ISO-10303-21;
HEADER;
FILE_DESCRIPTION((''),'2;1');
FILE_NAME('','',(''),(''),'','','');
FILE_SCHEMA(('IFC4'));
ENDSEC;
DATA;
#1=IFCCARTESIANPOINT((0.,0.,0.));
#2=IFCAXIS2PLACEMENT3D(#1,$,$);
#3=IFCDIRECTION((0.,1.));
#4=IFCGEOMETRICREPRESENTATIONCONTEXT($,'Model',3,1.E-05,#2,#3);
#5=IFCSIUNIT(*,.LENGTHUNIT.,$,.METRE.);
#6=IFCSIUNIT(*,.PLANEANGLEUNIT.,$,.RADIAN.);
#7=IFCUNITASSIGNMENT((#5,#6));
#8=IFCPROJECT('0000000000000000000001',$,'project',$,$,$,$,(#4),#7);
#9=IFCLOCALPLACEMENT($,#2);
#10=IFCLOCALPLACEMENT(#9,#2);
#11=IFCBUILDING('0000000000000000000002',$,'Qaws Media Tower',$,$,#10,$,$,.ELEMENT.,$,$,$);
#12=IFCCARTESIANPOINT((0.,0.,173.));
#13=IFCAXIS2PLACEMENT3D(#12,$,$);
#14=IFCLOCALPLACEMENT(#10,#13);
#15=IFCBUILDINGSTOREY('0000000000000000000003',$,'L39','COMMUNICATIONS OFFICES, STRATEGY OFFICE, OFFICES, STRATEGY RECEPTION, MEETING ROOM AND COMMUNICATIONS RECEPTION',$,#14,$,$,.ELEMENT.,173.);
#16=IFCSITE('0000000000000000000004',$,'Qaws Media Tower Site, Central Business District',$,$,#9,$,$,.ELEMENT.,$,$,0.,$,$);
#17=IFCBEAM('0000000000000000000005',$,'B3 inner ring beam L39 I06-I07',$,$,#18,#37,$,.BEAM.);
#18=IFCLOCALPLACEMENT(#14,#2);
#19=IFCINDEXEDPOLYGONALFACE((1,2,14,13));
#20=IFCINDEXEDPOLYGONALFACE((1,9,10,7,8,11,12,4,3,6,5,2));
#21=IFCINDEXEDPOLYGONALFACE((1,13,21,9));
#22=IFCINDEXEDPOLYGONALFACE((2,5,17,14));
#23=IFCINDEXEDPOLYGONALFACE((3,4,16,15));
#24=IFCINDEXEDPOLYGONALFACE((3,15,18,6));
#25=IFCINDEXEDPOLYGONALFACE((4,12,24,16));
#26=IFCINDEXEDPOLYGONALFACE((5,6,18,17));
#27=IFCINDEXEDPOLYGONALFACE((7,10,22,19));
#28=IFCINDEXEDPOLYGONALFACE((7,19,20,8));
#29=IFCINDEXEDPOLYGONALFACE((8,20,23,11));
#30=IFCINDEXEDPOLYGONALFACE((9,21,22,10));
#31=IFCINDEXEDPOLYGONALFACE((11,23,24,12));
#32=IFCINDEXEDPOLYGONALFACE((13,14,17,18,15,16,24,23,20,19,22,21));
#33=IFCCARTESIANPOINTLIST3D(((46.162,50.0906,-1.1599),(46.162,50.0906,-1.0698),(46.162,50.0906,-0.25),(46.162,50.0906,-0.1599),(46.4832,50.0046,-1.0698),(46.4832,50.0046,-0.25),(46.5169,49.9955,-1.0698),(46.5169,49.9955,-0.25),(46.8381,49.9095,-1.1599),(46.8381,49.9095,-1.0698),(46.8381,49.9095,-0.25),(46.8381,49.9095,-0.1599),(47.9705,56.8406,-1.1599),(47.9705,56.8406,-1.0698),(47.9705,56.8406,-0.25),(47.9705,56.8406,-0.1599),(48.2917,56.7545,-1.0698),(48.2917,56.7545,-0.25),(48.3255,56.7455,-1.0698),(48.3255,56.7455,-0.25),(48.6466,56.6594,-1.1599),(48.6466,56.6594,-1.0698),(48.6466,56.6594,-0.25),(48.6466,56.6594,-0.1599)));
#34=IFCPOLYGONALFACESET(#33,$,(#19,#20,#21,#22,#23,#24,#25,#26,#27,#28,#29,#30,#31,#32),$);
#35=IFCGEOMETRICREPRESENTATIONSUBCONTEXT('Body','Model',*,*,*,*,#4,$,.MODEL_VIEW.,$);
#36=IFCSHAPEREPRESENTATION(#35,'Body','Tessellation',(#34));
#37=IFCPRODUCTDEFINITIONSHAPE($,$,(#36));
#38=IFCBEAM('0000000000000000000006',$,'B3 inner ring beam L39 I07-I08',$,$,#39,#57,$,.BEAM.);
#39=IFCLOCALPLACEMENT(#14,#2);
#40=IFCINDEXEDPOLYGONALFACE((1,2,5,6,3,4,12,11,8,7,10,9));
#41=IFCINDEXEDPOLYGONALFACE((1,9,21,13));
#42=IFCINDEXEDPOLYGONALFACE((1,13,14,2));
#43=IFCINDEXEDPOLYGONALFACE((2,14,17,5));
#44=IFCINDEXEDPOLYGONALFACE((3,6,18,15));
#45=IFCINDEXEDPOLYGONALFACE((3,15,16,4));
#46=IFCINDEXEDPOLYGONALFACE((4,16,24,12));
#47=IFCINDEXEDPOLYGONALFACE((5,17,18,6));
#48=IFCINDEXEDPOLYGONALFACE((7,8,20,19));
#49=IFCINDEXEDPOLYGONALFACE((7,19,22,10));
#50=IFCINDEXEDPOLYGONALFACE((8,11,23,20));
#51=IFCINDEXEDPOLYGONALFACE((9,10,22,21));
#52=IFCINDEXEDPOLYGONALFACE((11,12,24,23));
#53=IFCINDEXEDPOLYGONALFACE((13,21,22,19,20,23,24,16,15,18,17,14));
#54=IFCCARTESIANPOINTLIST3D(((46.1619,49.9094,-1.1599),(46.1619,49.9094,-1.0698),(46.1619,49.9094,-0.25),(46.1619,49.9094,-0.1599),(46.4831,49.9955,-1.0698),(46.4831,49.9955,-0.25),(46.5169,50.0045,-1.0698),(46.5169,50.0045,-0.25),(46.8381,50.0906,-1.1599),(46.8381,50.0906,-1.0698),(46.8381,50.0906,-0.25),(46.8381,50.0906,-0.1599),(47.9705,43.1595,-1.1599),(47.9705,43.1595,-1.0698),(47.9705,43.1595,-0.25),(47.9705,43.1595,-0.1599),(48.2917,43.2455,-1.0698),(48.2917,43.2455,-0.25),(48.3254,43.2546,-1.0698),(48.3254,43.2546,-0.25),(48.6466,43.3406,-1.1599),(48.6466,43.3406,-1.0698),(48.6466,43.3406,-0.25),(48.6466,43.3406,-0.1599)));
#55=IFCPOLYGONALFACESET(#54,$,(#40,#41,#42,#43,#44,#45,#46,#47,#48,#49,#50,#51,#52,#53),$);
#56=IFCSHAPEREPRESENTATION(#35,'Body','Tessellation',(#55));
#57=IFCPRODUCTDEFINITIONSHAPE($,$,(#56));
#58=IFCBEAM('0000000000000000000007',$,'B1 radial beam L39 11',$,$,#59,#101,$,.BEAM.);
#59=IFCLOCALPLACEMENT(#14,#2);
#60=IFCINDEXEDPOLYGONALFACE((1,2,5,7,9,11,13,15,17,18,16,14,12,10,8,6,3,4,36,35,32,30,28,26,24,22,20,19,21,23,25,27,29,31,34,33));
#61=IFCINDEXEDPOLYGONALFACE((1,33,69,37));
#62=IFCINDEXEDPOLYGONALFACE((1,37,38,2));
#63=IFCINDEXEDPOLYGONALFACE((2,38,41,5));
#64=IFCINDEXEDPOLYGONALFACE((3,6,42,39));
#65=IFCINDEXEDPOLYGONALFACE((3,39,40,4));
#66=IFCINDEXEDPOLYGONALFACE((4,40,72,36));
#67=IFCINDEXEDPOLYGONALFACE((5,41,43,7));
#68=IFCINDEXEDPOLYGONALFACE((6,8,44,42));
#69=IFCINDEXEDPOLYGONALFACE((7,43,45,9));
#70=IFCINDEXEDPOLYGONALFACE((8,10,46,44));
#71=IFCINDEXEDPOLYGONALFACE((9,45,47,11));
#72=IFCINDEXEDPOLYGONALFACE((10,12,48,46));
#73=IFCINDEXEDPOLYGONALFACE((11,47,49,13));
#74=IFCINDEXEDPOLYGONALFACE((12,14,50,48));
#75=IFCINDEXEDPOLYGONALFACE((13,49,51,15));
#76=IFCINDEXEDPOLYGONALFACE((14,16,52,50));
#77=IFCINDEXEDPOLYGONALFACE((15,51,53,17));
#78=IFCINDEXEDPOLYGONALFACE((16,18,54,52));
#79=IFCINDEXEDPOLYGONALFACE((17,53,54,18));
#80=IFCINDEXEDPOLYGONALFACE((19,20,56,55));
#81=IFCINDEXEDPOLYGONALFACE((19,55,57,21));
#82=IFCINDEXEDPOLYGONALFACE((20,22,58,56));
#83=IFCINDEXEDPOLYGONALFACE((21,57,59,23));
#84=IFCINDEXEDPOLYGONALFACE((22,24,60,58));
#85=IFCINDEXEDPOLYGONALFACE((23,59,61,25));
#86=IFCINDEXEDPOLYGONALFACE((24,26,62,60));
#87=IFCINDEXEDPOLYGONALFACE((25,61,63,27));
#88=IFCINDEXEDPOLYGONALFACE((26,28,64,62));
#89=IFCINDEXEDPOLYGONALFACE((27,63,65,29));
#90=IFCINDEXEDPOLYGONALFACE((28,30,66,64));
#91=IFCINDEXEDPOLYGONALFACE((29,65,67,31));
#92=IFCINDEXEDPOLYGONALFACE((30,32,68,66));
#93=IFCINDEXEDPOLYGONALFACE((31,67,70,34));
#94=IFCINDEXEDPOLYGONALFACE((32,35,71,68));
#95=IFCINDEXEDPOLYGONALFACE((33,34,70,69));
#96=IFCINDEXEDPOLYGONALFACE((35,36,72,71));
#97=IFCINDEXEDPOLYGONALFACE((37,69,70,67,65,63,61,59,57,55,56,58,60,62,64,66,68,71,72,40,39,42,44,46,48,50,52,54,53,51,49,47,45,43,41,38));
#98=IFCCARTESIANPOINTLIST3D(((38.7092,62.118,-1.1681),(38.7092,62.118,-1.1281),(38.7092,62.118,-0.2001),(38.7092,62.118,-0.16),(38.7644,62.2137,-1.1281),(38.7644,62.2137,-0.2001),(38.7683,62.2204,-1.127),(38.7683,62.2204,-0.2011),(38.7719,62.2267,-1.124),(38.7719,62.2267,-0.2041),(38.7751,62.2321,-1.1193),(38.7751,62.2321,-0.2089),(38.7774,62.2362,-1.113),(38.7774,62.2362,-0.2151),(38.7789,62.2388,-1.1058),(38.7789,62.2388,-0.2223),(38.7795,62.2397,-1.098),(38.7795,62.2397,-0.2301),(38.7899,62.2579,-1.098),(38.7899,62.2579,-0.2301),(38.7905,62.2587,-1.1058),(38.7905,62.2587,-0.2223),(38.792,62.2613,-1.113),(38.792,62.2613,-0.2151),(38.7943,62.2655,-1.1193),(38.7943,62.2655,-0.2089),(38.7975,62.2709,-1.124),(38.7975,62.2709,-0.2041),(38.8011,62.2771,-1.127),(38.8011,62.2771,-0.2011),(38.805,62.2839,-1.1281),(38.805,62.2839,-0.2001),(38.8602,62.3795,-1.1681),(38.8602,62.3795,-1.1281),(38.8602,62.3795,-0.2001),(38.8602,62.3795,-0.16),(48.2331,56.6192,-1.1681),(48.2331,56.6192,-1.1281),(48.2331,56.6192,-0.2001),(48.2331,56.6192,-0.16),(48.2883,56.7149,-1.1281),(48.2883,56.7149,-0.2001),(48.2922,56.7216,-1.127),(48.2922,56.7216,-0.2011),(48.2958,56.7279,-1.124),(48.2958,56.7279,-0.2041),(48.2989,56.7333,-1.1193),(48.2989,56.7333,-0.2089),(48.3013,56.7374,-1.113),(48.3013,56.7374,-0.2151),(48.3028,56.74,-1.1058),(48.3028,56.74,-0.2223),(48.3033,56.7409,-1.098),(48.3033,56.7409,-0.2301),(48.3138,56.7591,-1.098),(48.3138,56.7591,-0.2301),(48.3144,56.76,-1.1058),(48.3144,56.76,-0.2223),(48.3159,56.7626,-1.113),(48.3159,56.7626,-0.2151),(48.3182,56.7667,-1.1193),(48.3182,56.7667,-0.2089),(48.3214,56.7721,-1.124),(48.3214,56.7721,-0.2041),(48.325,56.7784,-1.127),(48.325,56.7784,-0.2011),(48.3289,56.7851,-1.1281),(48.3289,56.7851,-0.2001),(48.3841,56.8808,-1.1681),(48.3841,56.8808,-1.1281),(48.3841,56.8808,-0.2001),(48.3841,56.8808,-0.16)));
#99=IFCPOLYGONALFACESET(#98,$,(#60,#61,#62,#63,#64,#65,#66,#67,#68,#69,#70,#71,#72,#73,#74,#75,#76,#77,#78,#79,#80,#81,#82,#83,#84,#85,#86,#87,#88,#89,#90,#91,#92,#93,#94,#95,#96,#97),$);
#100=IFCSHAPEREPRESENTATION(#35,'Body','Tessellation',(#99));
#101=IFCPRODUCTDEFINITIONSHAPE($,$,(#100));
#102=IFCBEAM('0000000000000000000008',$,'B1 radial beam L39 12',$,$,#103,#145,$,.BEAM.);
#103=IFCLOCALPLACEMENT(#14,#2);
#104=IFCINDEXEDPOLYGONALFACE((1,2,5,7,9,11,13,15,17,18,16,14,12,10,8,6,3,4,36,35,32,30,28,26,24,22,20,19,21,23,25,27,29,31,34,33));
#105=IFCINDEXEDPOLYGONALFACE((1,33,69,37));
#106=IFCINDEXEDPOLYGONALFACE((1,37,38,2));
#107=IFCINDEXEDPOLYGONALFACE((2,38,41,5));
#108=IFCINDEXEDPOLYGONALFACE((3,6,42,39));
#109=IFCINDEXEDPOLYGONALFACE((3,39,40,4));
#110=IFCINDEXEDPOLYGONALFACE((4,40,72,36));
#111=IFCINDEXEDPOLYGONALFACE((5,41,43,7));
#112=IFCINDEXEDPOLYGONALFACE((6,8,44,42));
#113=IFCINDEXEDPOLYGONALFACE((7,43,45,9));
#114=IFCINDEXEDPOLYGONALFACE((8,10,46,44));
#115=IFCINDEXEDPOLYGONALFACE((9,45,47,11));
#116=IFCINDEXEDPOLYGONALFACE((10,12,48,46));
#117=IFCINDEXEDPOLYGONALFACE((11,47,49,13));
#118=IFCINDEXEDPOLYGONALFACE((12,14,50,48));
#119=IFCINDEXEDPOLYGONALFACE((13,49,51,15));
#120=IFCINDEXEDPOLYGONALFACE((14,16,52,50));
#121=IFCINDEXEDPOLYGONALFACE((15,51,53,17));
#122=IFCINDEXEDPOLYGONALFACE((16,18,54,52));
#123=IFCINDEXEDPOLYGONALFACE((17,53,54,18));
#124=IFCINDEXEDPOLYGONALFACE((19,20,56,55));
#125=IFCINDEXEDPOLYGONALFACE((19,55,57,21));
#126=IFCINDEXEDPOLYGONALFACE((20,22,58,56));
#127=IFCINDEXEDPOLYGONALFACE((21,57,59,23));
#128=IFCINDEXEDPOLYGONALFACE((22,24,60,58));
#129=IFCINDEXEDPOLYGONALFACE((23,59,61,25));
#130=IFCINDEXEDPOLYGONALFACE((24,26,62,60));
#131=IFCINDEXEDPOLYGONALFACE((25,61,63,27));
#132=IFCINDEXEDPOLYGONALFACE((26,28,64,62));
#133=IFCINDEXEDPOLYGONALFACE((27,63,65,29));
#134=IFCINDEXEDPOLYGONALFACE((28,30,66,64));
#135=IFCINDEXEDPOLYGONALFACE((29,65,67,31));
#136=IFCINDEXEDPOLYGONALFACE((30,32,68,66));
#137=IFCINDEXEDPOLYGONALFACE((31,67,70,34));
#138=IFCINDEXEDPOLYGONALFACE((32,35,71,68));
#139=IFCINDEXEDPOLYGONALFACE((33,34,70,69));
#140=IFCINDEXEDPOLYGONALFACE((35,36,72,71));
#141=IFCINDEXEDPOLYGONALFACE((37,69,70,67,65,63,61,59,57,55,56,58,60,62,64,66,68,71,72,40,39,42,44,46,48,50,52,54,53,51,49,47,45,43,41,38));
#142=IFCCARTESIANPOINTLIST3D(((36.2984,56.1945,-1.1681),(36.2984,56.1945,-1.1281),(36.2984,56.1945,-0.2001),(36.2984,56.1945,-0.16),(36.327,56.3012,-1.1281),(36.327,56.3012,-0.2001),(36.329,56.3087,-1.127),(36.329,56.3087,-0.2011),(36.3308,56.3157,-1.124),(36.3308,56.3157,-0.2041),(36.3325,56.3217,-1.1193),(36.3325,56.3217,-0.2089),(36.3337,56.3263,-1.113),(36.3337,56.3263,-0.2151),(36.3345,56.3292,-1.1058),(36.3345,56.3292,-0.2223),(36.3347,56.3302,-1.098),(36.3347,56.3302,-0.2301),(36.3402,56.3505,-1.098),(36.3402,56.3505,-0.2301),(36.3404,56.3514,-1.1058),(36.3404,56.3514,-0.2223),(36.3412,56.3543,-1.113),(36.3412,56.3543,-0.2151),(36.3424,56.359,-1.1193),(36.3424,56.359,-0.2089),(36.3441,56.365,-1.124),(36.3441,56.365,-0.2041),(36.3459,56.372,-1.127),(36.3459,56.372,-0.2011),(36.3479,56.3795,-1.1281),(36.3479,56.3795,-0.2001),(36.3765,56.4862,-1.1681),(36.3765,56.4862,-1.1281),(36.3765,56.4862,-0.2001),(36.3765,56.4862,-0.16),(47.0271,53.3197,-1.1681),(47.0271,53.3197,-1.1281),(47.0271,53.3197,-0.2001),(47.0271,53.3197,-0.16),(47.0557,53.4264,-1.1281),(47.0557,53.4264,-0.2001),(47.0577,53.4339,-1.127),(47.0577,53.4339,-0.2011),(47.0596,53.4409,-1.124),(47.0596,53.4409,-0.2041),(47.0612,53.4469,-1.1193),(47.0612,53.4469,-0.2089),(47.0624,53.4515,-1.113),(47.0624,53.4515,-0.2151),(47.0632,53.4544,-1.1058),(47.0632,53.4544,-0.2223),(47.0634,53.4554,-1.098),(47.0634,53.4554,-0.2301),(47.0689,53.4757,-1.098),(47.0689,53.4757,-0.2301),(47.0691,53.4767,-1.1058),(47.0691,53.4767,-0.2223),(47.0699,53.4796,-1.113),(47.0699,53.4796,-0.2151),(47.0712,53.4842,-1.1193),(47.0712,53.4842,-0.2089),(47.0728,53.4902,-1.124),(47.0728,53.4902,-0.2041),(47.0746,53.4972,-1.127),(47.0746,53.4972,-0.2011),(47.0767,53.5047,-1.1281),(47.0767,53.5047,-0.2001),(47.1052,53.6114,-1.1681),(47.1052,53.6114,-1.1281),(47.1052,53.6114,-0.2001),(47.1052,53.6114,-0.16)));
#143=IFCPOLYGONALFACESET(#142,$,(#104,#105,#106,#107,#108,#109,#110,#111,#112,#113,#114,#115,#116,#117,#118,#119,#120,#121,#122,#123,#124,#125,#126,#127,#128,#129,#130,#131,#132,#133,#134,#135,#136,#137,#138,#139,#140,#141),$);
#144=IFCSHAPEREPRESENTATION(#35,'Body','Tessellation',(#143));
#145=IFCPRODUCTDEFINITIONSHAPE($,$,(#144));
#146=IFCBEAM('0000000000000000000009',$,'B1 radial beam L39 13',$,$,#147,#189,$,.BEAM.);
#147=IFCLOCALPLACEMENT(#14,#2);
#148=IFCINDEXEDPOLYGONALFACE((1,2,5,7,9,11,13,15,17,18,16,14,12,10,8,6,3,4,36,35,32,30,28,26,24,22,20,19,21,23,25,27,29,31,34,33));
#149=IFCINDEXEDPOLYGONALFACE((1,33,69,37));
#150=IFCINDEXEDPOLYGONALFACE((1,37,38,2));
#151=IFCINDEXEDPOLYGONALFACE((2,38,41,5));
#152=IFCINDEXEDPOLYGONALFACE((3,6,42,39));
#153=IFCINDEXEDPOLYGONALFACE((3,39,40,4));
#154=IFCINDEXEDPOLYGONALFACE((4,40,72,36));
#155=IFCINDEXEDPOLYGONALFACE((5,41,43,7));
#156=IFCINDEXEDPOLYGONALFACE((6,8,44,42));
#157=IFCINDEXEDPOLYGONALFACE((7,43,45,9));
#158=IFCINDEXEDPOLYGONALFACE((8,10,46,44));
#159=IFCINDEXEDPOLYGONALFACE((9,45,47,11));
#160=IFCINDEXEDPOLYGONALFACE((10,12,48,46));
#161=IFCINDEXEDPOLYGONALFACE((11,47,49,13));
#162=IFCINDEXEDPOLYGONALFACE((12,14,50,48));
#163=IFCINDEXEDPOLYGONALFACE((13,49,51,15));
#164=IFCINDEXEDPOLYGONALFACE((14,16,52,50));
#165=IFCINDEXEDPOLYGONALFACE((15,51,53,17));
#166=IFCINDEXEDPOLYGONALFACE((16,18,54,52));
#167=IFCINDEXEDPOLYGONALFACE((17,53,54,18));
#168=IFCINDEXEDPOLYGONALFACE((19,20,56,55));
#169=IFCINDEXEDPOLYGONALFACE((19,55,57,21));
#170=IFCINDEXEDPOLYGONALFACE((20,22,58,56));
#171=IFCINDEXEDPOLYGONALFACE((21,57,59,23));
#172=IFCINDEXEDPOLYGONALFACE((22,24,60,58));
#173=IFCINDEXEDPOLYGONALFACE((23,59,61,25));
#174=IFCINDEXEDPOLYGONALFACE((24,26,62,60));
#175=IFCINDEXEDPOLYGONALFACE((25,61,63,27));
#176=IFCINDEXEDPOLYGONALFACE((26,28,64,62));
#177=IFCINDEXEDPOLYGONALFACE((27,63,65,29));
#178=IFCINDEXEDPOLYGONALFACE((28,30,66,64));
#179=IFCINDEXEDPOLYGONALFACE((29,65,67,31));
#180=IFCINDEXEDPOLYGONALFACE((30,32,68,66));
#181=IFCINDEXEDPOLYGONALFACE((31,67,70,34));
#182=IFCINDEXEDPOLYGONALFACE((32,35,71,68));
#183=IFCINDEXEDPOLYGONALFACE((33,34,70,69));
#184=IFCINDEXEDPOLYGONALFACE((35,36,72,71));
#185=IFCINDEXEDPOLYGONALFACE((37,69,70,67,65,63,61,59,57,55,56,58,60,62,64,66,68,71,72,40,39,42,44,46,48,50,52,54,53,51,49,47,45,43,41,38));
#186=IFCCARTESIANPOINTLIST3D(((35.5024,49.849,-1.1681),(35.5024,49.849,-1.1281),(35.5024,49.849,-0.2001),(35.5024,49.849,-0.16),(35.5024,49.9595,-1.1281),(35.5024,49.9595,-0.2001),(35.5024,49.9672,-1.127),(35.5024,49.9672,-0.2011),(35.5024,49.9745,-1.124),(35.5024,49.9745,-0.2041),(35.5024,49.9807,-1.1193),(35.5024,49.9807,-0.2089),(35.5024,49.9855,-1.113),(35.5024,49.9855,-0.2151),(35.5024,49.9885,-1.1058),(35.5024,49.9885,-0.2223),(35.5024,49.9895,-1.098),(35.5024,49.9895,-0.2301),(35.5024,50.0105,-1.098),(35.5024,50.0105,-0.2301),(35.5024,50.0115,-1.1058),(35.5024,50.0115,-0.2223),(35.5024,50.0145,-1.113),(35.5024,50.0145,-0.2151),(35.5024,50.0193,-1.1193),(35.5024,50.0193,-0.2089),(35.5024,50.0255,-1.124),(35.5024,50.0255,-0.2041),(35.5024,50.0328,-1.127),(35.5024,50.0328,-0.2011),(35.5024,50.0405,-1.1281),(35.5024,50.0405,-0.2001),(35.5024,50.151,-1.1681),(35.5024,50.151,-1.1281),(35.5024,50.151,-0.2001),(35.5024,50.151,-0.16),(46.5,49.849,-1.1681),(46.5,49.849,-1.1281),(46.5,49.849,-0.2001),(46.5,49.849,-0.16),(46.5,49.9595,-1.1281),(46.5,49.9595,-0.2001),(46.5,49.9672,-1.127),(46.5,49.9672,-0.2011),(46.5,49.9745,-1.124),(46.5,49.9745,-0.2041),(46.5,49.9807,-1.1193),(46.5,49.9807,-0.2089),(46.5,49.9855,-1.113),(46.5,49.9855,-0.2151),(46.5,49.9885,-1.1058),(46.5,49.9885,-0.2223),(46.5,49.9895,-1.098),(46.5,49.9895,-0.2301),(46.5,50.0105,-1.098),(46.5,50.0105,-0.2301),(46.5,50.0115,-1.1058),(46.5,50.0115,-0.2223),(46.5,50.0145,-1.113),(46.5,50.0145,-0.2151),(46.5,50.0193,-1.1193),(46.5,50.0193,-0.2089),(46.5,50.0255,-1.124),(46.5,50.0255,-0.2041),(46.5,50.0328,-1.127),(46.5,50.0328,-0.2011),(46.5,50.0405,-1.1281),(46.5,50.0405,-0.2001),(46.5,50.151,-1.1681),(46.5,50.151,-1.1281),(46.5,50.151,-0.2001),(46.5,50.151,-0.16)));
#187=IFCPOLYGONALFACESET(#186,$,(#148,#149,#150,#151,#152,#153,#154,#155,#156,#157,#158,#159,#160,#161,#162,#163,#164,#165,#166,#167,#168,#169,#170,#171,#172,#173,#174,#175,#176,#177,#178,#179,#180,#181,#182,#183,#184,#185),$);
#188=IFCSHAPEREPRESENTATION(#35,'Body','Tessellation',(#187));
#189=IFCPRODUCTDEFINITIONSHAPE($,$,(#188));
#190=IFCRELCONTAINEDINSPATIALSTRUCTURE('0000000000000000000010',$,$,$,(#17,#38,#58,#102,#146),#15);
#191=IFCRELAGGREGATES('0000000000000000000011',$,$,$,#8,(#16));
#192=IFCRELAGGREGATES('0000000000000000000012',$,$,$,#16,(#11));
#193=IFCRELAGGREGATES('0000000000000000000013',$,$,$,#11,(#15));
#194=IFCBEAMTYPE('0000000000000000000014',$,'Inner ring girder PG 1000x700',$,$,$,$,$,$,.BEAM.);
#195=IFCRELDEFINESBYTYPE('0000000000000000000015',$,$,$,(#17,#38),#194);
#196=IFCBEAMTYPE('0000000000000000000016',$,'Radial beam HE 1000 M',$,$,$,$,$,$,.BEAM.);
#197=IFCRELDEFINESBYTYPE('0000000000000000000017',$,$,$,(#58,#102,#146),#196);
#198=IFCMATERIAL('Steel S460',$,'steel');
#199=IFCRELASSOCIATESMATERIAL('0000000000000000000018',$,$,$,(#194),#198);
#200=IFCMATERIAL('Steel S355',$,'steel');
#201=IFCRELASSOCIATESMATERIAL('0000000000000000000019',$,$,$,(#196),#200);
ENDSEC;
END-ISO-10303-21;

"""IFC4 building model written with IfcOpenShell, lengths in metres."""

from ifc_helpers import new_model, si_unit, direction, frame, origin, origin_2d, place, context, subcontext, project, spatial, i_section, extrude, material, material_profile, profile_set, type_object, element, save


model = new_model("IFC4")

# Units and contexts
model_context = context("Model", 3, precision=1e-05, world=origin(), true_north=direction((0.0, 1.0)))
body_context = subcontext(model_context, "Body", "Model", "MODEL_VIEW")
ifc_project = project(units=[si_unit("LENGTHUNIT", "METRE"), si_unit("PLANEANGLEUNIT", "RADIAN")], contexts=[model_context])

# Site, building, storey
site_placement = place(None, origin())
site = spatial("IfcSite", under=ifc_project, at=site_placement, Name="Qaws Media Tower Site, Central Business District", CompositionType="ELEMENT", RefElevation=0.0)
building_placement = place(site_placement, origin())
building = spatial("IfcBuilding", under=site, at=building_placement, Name="Qaws Media Tower", CompositionType="ELEMENT")
storey_placement = place(building_placement, frame((0.0, 0.0, 173.0)))
storey = spatial("IfcBuildingStorey", under=building, at=storey_placement, Name="L39", Description="COMMUNICATIONS OFFICES, STRATEGY OFFICE, OFFICES, STRATEGY RECEPTION, MEETING ROOM AND COMMUNICATIONS RECEPTION", CompositionType="ELEMENT", Elevation=173.0)

# Beams
ifc_material_1 = material(Name="Steel S460", Category="steel")
ifc_material_profile_1 = material_profile(ifc_material_1, i_section(OverallWidth=0.7, OverallDepth=1.0, WebThickness=0.0349, FlangeThickness=0.0901, at=origin_2d()), Name="PG 1000x700")
ifc_profile_set_1 = profile_set([ifc_material_profile_1], Name="Steel S460")
beam_type_1 = type_object("IfcBeamType", Name="Inner ring girder PG 1000x700", PredefinedType="BEAM", material=ifc_profile_set_1)
for number, where, z_axis, x_axis, name in (
    (1, (48.3086, 56.75, -0.6599), (-0.258811, -0.965928, 0.0), (0.965928, -0.258811, 0.0), "B3 inner ring beam L39 I06-I07"),
    (2, (46.5, 50.0, -0.6599), (0.258811, -0.965928, 0.0), (0.965928, 0.258811, 0.0), "B3 inner ring beam L39 I07-I08"),
):
    element("IfcBeam", number, at=place(storey_placement, frame(where, z_axis=z_axis, x_axis=x_axis)), inside=storey, type_object=beam_type_1, Name=name, PredefinedType="BEAM", context=body_context, shape_type="SweptSolid", body=[
        extrude(i_section(OverallWidth=0.7, OverallDepth=1.0, WebThickness=0.0349, FlangeThickness=0.0901, at=origin_2d()), origin(), (0.0, 0.0, 1.0), 6.988),
    ])
ifc_material_2 = material(Name="Steel S355", Category="steel")
ifc_material_profile_2 = material_profile(ifc_material_2, i_section(OverallWidth=0.302, OverallDepth=1.0081, WebThickness=0.021, FlangeThickness=0.04, FilletRadius=0.03, at=origin_2d()), Name="HE 1000 M")
ifc_profile_set_2 = profile_set([ifc_material_profile_2], Name="Steel S355")
beam_type_2 = type_object("IfcBeamType", Name="Radial beam HE 1000 M", PredefinedType="BEAM", material=ifc_profile_set_2)
beam_1_placement = place(storey_placement, frame((48.3086, 56.75, -0.6641), z_axis=(-0.86602, 0.500009, 0.0), x_axis=(-0.500009, -0.86602, 0.0)))
element("IfcBeam", 3, at=beam_1_placement, inside=storey, type_object=beam_type_2, Name="B1 radial beam L39 11", PredefinedType="BEAM", context=body_context, shape_type="SweptSolid", body=[
    extrude(i_section(OverallWidth=0.302, OverallDepth=1.0081, WebThickness=0.021, FlangeThickness=0.04, FilletRadius=0.03, at=origin_2d()), origin(), (0.0, 0.0, 1.0), 10.9973),
])
beam_2_placement = place(storey_placement, frame((47.0662, 53.4656, -0.6641), z_axis=(-0.965926, 0.258818, 0.0), x_axis=(-0.258818, -0.965926, 0.0)))
element("IfcBeam", 4, at=beam_2_placement, inside=storey, type_object=beam_type_2, Name="B1 radial beam L39 12", PredefinedType="BEAM", context=body_context, shape_type="SweptSolid", body=[
    extrude(i_section(OverallWidth=0.302, OverallDepth=1.0081, WebThickness=0.021, FlangeThickness=0.04, FilletRadius=0.03, at=origin_2d()), origin(), (0.0, 0.0, 1.0), 11.1072),
])
beam_3_placement = place(storey_placement, frame((46.5, 50.0, -0.6641), z_axis=(-1.0, 0.0, 0.0), x_axis=(0.0, -1.0, 0.0)))
element("IfcBeam", 5, at=beam_3_placement, inside=storey, type_object=beam_type_2, Name="B1 radial beam L39 13", PredefinedType="BEAM", context=body_context, shape_type="SweptSolid", body=[
    extrude(i_section(OverallWidth=0.302, OverallDepth=1.0081, WebThickness=0.021, FlangeThickness=0.04, FilletRadius=0.03, at=origin_2d()), origin(), (0.0, 0.0, 1.0), 10.9976),
])

save(model, "model.ifc")
